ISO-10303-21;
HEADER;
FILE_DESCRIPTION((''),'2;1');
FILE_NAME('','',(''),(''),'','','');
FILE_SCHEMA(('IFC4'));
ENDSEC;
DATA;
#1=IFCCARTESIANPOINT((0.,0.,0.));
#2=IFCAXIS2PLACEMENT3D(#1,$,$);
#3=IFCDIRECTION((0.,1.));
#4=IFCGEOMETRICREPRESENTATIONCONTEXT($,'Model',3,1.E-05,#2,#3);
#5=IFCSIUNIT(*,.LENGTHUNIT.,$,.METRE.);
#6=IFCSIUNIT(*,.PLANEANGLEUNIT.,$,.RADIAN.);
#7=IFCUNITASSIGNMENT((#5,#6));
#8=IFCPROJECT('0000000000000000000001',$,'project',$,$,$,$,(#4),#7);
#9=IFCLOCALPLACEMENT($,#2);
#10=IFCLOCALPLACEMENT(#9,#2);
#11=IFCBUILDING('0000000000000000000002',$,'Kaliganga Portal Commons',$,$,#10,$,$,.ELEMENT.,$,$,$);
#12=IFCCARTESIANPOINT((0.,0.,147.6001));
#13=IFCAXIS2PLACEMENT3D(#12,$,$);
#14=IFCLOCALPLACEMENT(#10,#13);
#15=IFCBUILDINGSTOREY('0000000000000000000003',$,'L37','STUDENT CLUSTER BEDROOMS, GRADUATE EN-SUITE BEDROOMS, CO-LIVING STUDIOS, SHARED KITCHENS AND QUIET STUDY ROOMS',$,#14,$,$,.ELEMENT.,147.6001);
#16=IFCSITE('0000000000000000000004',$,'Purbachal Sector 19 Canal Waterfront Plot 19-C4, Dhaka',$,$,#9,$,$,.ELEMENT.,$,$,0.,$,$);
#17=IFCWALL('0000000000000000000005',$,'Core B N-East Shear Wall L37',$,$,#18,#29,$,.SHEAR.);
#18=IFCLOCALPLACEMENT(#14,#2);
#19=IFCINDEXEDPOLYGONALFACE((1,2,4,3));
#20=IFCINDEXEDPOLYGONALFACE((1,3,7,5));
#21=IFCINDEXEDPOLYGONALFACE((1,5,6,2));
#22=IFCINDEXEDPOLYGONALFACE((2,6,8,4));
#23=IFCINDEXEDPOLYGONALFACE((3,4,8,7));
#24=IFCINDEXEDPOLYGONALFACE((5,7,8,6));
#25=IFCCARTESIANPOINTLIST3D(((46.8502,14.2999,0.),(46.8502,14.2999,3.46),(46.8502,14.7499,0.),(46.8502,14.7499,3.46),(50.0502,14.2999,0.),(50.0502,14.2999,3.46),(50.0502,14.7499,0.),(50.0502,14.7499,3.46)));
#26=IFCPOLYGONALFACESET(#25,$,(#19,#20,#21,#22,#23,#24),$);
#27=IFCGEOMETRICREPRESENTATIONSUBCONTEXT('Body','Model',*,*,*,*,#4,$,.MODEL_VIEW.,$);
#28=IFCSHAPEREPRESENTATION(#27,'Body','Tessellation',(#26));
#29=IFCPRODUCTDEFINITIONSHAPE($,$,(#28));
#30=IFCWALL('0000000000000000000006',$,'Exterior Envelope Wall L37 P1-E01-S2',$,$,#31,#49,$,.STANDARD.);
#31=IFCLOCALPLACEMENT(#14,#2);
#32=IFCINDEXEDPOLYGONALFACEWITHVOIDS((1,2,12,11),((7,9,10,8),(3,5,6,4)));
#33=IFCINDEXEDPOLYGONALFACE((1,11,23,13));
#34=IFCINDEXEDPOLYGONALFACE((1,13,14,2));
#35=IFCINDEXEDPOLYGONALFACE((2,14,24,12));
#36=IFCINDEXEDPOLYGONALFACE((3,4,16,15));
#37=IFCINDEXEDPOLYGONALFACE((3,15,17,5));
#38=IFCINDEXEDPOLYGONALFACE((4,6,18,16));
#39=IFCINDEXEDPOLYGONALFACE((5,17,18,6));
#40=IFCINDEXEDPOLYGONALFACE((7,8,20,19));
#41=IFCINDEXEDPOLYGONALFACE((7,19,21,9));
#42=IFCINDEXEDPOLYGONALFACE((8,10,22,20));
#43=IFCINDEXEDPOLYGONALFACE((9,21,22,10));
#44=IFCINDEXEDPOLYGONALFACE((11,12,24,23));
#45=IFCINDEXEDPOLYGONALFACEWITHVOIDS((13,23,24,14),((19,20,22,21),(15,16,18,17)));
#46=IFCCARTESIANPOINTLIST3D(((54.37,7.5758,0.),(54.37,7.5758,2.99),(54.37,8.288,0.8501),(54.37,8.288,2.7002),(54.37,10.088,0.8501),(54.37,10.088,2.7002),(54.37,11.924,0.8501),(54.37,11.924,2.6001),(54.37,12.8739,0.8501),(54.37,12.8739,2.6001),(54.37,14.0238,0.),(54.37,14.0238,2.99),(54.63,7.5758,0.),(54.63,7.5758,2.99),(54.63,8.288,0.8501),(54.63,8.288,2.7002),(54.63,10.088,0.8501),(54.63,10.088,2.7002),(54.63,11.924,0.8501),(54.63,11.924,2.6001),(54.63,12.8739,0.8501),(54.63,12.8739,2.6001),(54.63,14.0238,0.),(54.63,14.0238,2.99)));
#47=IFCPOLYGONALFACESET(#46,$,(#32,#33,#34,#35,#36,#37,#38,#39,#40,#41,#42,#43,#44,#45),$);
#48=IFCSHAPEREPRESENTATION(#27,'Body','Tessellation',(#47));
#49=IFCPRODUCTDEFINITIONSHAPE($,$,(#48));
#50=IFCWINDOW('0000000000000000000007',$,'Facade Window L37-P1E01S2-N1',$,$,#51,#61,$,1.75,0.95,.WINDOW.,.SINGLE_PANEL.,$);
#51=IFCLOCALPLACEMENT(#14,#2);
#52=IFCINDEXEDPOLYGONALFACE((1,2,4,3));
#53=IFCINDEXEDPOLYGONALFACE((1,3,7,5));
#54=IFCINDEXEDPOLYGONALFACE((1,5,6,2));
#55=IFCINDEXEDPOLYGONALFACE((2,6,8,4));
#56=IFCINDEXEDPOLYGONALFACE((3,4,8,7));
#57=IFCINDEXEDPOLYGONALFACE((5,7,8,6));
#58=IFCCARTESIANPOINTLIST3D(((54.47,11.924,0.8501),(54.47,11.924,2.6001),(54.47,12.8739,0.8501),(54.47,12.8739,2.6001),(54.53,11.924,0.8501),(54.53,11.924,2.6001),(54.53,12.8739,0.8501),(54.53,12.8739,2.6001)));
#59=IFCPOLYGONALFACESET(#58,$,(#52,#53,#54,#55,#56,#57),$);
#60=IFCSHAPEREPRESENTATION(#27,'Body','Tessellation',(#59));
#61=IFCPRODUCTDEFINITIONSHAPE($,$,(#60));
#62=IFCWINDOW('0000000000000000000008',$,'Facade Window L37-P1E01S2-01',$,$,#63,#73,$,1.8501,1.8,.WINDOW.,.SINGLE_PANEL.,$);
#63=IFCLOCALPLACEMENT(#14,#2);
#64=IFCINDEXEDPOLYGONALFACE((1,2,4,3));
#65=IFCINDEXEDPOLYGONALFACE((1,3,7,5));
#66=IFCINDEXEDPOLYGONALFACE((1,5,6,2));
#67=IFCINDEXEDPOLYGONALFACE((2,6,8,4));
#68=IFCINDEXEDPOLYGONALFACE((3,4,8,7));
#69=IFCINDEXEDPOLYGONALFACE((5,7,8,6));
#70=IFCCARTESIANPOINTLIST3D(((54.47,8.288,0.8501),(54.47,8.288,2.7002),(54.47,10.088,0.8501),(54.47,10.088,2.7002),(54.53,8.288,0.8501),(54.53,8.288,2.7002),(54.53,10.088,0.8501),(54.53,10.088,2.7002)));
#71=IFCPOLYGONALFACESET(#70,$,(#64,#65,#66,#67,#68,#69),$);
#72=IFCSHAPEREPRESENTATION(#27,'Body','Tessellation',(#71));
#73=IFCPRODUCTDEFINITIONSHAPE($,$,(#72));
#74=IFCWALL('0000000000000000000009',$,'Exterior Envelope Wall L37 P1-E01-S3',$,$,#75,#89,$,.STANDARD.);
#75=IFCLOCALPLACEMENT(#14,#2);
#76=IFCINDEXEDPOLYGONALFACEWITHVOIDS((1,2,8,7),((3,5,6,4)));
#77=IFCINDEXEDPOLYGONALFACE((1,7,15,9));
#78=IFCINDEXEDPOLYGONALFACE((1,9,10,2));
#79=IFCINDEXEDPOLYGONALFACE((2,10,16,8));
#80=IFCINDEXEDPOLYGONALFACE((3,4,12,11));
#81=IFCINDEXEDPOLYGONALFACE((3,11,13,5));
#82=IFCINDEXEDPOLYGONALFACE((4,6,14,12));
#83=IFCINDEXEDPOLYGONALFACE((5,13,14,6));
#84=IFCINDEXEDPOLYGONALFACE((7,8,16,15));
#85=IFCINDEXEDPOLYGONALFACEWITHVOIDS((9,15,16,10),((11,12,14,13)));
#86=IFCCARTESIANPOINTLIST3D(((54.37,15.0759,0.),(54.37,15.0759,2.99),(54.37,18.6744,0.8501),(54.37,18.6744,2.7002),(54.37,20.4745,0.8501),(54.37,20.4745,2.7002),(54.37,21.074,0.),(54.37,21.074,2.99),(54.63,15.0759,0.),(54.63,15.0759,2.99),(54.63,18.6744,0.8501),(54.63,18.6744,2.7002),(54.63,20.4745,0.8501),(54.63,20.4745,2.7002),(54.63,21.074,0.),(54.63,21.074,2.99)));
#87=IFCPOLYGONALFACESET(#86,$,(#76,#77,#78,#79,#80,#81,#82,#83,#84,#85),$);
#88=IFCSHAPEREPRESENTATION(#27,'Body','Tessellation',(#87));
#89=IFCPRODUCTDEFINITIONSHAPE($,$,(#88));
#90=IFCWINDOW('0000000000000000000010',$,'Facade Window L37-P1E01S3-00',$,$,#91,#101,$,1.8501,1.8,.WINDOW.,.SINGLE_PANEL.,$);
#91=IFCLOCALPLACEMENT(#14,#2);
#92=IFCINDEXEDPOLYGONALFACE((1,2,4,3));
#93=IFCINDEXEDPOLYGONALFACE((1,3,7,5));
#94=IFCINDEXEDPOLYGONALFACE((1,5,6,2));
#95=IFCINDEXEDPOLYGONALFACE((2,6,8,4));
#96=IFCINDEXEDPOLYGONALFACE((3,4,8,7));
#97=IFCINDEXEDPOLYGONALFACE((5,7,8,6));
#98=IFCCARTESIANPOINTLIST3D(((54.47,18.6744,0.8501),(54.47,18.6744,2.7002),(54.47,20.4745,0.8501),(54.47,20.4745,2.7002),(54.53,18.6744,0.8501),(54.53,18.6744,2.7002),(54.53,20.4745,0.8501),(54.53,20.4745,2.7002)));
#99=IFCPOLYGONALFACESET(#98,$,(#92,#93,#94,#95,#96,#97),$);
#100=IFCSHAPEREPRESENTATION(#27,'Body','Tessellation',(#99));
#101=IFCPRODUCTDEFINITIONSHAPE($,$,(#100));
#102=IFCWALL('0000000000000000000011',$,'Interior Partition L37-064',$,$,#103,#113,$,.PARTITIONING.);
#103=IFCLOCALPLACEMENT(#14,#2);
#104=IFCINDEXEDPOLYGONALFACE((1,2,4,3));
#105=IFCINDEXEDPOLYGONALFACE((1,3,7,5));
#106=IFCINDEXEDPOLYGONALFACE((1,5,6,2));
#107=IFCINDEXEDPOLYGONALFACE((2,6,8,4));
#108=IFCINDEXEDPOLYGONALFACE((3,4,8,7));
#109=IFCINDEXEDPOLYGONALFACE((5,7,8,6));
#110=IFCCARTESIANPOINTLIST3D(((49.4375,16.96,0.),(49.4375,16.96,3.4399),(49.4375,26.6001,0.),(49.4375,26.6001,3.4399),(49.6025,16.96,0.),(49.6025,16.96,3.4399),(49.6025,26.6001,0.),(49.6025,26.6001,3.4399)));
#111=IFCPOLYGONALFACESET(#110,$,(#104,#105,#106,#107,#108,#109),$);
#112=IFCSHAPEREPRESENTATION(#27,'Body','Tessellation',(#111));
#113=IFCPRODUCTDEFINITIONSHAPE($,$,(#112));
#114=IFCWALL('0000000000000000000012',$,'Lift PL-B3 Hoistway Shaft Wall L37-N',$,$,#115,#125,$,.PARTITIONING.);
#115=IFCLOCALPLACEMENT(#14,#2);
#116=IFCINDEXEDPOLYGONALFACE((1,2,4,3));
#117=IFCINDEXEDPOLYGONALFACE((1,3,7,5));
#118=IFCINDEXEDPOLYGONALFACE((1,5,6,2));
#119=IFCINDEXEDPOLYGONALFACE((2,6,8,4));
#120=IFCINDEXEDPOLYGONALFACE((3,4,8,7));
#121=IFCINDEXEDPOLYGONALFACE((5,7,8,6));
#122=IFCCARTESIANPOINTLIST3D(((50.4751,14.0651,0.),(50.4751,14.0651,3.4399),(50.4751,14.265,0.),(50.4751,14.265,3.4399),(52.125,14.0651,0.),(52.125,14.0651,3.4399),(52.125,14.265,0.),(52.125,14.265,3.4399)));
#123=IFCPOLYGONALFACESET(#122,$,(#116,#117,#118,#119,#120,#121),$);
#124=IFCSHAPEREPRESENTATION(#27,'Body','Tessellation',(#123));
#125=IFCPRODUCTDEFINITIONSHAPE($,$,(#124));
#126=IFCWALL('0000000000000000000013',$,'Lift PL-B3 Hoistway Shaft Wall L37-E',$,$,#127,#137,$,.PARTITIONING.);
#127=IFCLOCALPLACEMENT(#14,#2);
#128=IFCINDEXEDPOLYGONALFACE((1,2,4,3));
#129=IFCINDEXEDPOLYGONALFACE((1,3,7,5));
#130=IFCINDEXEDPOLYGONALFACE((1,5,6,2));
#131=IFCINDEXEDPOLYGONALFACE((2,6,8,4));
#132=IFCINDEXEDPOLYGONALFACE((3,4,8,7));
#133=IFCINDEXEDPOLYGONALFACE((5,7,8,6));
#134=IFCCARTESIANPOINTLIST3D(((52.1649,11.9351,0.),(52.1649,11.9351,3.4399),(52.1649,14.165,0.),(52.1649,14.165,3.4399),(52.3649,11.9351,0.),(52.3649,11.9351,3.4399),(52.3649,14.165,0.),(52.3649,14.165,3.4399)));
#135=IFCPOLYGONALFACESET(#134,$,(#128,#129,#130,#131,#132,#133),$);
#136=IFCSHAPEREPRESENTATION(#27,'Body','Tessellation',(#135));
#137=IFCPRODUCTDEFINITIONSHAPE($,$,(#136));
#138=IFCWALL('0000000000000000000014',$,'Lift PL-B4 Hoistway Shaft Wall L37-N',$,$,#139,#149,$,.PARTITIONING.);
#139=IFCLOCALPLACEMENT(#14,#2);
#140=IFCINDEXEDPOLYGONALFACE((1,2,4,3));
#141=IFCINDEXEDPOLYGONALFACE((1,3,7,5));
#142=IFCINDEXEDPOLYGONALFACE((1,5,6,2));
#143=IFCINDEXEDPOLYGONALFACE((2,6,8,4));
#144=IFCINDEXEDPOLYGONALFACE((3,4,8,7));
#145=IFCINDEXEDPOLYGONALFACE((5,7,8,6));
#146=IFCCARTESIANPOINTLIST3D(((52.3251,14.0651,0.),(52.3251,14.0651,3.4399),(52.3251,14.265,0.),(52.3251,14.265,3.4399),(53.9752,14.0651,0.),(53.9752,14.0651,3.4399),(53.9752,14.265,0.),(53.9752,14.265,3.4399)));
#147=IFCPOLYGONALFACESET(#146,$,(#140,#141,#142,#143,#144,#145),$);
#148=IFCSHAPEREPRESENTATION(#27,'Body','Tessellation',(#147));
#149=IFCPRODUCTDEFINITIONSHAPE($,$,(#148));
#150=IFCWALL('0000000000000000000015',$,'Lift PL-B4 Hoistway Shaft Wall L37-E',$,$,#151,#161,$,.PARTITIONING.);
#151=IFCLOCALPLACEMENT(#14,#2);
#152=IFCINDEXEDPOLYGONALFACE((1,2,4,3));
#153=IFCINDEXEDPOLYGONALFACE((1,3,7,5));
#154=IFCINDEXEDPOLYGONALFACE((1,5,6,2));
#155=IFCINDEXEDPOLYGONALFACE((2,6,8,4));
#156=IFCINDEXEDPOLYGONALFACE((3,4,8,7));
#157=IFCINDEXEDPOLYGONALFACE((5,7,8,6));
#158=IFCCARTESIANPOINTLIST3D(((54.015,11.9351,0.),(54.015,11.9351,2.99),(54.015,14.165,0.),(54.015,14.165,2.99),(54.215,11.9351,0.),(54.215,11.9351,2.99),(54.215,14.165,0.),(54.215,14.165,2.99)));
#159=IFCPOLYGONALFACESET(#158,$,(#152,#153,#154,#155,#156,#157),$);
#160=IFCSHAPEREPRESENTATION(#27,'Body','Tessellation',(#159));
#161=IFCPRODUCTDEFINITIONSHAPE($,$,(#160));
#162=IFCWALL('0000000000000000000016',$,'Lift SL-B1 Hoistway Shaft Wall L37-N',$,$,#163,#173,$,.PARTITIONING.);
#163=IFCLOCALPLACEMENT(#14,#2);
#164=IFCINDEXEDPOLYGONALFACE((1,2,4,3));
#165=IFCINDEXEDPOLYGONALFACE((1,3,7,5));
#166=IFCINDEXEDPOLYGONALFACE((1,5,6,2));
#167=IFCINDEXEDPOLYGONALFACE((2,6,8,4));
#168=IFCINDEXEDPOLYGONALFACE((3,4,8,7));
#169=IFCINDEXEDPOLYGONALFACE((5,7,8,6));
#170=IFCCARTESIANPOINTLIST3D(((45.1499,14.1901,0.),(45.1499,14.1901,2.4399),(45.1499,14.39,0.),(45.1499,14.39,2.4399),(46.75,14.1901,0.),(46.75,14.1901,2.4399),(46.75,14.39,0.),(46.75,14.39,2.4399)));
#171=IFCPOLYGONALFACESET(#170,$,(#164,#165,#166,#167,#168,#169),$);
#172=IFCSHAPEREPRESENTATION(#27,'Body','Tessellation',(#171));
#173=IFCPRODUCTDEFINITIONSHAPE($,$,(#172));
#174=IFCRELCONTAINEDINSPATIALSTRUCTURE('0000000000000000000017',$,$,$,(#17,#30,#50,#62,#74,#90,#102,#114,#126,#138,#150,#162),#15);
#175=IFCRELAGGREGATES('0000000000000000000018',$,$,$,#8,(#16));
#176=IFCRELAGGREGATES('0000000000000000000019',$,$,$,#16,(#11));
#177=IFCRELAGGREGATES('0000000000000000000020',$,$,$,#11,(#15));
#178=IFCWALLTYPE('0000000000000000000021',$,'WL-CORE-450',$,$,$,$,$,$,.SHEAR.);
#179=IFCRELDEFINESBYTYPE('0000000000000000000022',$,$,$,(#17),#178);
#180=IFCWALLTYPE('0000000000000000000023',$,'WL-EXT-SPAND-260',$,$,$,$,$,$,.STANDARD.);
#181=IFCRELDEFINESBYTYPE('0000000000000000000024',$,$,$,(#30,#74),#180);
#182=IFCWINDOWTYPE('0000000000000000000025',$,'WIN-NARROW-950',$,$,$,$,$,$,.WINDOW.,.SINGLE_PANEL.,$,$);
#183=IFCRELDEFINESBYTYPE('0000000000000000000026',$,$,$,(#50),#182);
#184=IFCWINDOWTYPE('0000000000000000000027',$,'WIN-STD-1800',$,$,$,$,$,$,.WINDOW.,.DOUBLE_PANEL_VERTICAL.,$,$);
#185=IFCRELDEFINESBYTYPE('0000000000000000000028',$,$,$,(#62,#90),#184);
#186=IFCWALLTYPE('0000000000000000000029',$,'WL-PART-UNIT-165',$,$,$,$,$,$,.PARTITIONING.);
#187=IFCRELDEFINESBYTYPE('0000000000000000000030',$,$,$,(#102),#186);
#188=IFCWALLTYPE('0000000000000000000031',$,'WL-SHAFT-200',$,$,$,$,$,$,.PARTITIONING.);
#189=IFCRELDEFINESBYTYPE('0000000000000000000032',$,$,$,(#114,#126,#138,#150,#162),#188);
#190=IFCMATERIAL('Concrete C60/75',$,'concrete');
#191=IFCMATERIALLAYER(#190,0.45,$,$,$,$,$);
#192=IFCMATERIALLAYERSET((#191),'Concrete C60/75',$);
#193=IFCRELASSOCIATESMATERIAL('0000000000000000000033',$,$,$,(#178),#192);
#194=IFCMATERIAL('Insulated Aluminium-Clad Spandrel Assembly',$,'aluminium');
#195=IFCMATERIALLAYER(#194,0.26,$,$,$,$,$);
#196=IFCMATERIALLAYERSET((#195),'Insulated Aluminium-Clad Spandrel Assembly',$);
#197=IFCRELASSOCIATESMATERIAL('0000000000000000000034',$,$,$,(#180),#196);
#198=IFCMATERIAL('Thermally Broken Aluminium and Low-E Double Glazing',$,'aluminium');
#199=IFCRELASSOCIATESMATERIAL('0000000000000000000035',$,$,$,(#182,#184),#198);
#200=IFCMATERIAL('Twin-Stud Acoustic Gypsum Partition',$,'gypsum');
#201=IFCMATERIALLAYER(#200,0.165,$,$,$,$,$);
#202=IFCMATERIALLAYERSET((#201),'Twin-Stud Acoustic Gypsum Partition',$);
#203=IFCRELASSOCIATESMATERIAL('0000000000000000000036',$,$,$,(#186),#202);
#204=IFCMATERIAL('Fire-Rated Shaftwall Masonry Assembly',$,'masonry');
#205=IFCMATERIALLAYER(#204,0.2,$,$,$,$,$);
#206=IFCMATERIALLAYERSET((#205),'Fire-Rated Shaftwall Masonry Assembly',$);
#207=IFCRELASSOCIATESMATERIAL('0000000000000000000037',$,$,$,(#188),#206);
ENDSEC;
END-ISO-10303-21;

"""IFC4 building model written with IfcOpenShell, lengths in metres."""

from ifc_helpers import new_model, si_unit, direction, frame, frame_2d, origin, place, context, subcontext, project, spatial, rectangle, extrude, material, layer, layer_set, type_object, element, fill, save


model = new_model("IFC4")

# Units and contexts
model_context = context("Model", 3, precision=1e-05, world=origin(), true_north=direction((0.0, 1.0)))
body_context = subcontext(model_context, "Body", "Model", "MODEL_VIEW")
ifc_project = project(units=[si_unit("LENGTHUNIT", "METRE"), si_unit("PLANEANGLEUNIT", "RADIAN")], contexts=[model_context])

# Site, building, storey
site_placement = place(None, origin())
site = spatial("IfcSite", under=ifc_project, at=site_placement, Name="Purbachal Sector 19 Canal Waterfront Plot 19-C4, Dhaka", CompositionType="ELEMENT", RefElevation=0.0)
building_placement = place(site_placement, origin())
building = spatial("IfcBuilding", under=site, at=building_placement, Name="Kaliganga Portal Commons", CompositionType="ELEMENT")
storey_placement = place(building_placement, frame((0.0, 0.0, 147.6001)))
storey = spatial("IfcBuildingStorey", under=building, at=storey_placement, Name="L37", Description="STUDENT CLUSTER BEDROOMS, GRADUATE EN-SUITE BEDROOMS, CO-LIVING STUDIOS, SHARED KITCHENS AND QUIET STUDY ROOMS", CompositionType="ELEMENT", Elevation=147.6001)

# Shared definitions
ifc_material_1 = material(Name="Concrete C60/75", Category="concrete")

# Wall
ifc_layer_1 = layer(ifc_material_1, 0.45)
ifc_layer_set_1 = layer_set([ifc_layer_1], Name="Concrete C60/75")
wall_type_1 = type_object("IfcWallType", Name="WL-CORE-450", PredefinedType="SHEAR", material=ifc_layer_set_1)
wall_1_placement = place(storey_placement, frame((46.8501, 14.5249, 0.0), z_axis=(0.0, 0.0, 1.0), x_axis=(1.0, 0.0, 0.0)))
element("IfcWall", 1, at=wall_1_placement, inside=storey, type_object=wall_type_1, Name="Core B N-East Shear Wall L37", PredefinedType="SHEAR", context=body_context, shape_type="SweptSolid", body=[
    extrude(rectangle(XDim=3.2, YDim=0.45, at=frame_2d((1.6001, 0.0))), origin(), (0.0, 0.0, 1.0), 3.46),
])

# Wall, openings, windows
ifc_material_2 = material(Name="Insulated Aluminium-Clad Spandrel Assembly", Category="aluminium")
ifc_layer_2 = layer(ifc_material_2, 0.26)
ifc_layer_set_2 = layer_set([ifc_layer_2], Name="Insulated Aluminium-Clad Spandrel Assembly")
wall_type_2 = type_object("IfcWallType", Name="WL-EXT-SPAND-260", PredefinedType="STANDARD", material=ifc_layer_set_2)
wall_2_placement = place(storey_placement, frame((54.5, 14.0239, 0.0), z_axis=(0.0, 0.0, 1.0), x_axis=(0.0, -1.0, 0.0)))
wall_2 = element("IfcWall", 2, at=wall_2_placement, inside=storey, type_object=wall_type_2, Name="Exterior Envelope Wall L37 P1-E01-S2", PredefinedType="STANDARD", context=body_context, shape_type="SweptSolid", body=[
    extrude(rectangle(XDim=6.448, YDim=0.26, at=frame_2d((3.2241, 0.0))), origin(), (0.0, 0.0, 1.0), 2.99),
])
opening_1_placement = place(wall_2_placement, frame((3.936, 0.0, 0.8501)))
opening_1 = element("IfcOpeningElement", 3, at=opening_1_placement, cuts=wall_2, PredefinedType="OPENING", context=body_context, shape_type="SweptSolid", body=[
    extrude(rectangle(XDim=1.8, YDim=1.8501, at=frame_2d((0.8999, 0.925))), frame((0.0, 0.1401, 0.0), z_axis=(0.0, -1.0, 0.0), x_axis=(1.0, 0.0, 0.0)), (0.0, 0.0, 1.0), 0.28),
])
opening_2_placement = place(wall_2_placement, frame((1.1499, 0.0, 0.8501)))
opening_2 = element("IfcOpeningElement", 4, at=opening_2_placement, cuts=wall_2, PredefinedType="OPENING", context=body_context, shape_type="SweptSolid", body=[
    extrude(rectangle(XDim=0.95, YDim=1.75, at=frame_2d((0.4751, 0.875))), frame((0.0, 0.1401, 0.0), z_axis=(0.0, -1.0, 0.0), x_axis=(1.0, 0.0, 0.0)), (0.0, 0.0, 1.0), 0.28),
])
ifc_material_3 = material(Name="Thermally Broken Aluminium and Low-E Double Glazing", Category="aluminium")
window_type_1 = type_object("IfcWindowType", Name="WIN-NARROW-950", PartitioningType="SINGLE_PANEL", PredefinedType="WINDOW", material=ifc_material_3)
window_1_placement = place(opening_2_placement, origin())
window_1 = element("IfcWindow", 5, at=window_1_placement, inside=storey, type_object=window_type_1, Name="Facade Window L37-P1E01S2-N1", OverallHeight=1.75, OverallWidth=0.95, PartitioningType="SINGLE_PANEL", PredefinedType="WINDOW", context=body_context, shape_type="SweptSolid", body=[
    extrude(rectangle(XDim=0.95, YDim=1.75, at=frame_2d((0.4751, 0.875))), frame((0.0, 0.03, 0.0), z_axis=(0.0, -1.0, 0.0), x_axis=(1.0, 0.0, 0.0)), (0.0, 0.0, 1.0), 0.0601),
])
fill(opening_2, window_1)
window_type_2 = type_object("IfcWindowType", Name="WIN-STD-1800", PartitioningType="DOUBLE_PANEL_VERTICAL", PredefinedType="WINDOW", material=ifc_material_3)
window_2_placement = place(opening_1_placement, origin())
window_2 = element("IfcWindow", 6, at=window_2_placement, inside=storey, type_object=window_type_2, Name="Facade Window L37-P1E01S2-01", OverallHeight=1.8501, OverallWidth=1.8, PartitioningType="SINGLE_PANEL", PredefinedType="WINDOW", context=body_context, shape_type="SweptSolid", body=[
    extrude(rectangle(XDim=1.8, YDim=1.8501, at=frame_2d((0.8999, 0.925))), frame((0.0, 0.03, 0.0), z_axis=(0.0, -1.0, 0.0), x_axis=(1.0, 0.0, 0.0)), (0.0, 0.0, 1.0), 0.0601),
])
fill(opening_1, window_2)

# Wall, opening, window
wall_3_placement = place(storey_placement, frame((54.5, 21.074, 0.0), z_axis=(0.0, 0.0, 1.0), x_axis=(0.0, -1.0, 0.0)))
wall_3 = element("IfcWall", 7, at=wall_3_placement, inside=storey, type_object=wall_type_2, Name="Exterior Envelope Wall L37 P1-E01-S3", PredefinedType="STANDARD", context=body_context, shape_type="SweptSolid", body=[
    extrude(rectangle(XDim=5.998, YDim=0.26, at=frame_2d((2.999, 0.0))), origin(), (0.0, 0.0, 1.0), 2.99),
])
opening_3_placement = place(wall_3_placement, frame((0.5996, 0.0, 0.8501)))
opening_3 = element("IfcOpeningElement", 8, at=opening_3_placement, cuts=wall_3, PredefinedType="OPENING", context=body_context, shape_type="SweptSolid", body=[
    extrude(rectangle(XDim=1.8, YDim=1.8501, at=frame_2d((0.8999, 0.925))), frame((0.0, 0.1401, 0.0), z_axis=(0.0, -1.0, 0.0), x_axis=(1.0, 0.0, 0.0)), (0.0, 0.0, 1.0), 0.28),
])
window_3_placement = place(opening_3_placement, origin())
window_3 = element("IfcWindow", 9, at=window_3_placement, inside=storey, type_object=window_type_2, Name="Facade Window L37-P1E01S3-00", OverallHeight=1.8501, OverallWidth=1.8, PartitioningType="SINGLE_PANEL", PredefinedType="WINDOW", context=body_context, shape_type="SweptSolid", body=[
    extrude(rectangle(XDim=1.8, YDim=1.8501, at=frame_2d((0.8999, 0.925))), frame((0.0, 0.03, 0.0), z_axis=(0.0, -1.0, 0.0), x_axis=(1.0, 0.0, 0.0)), (0.0, 0.0, 1.0), 0.0601),
])
fill(opening_3, window_3)

# Wall
ifc_material_4 = material(Name="Twin-Stud Acoustic Gypsum Partition", Category="gypsum")
ifc_layer_3 = layer(ifc_material_4, 0.165)
ifc_layer_set_3 = layer_set([ifc_layer_3], Name="Twin-Stud Acoustic Gypsum Partition")
wall_type_3 = type_object("IfcWallType", Name="WL-PART-UNIT-165", PredefinedType="PARTITIONING", material=ifc_layer_set_3)
wall_4_placement = place(storey_placement, frame((49.52, 16.96, 0.0), z_axis=(0.0, 0.0, 1.0), x_axis=(0.0, 1.0, 0.0)))
element("IfcWall", 10, at=wall_4_placement, inside=storey, type_object=wall_type_3, Name="Interior Partition L37-064", PredefinedType="PARTITIONING", context=body_context, shape_type="SweptSolid", body=[
    extrude(rectangle(XDim=9.6401, YDim=0.165, at=frame_2d((4.8201, 0.0))), origin(), (0.0, 0.0, 1.0), 3.4399),
])

# Shared definitions
ifc_material_5 = material(Name="Fire-Rated Shaftwall Masonry Assembly", Category="masonry")
ifc_layer_4 = layer(ifc_material_5, 0.2)
ifc_layer_set_4 = layer_set([ifc_layer_4], Name="Fire-Rated Shaftwall Masonry Assembly")
wall_type_4 = type_object("IfcWallType", Name="WL-SHAFT-200", PredefinedType="PARTITIONING", material=ifc_layer_set_4)

# Walls
wall_5_placement = place(storey_placement, frame((50.4751, 14.165, 0.0), z_axis=(0.0, 0.0, 1.0), x_axis=(1.0, 0.0, 0.0)))
element("IfcWall", 11, at=wall_5_placement, inside=storey, type_object=wall_type_4, Name="Lift PL-B3 Hoistway Shaft Wall L37-N", PredefinedType="PARTITIONING", context=body_context, shape_type="SweptSolid", body=[
    extrude(rectangle(XDim=1.6499, YDim=0.2, at=frame_2d((0.825, 0.0))), origin(), (0.0, 0.0, 1.0), 3.4399),
])
wall_6_placement = place(storey_placement, frame((52.2649, 11.9351, 0.0), z_axis=(0.0, 0.0, 1.0), x_axis=(0.0, 1.0, 0.0)))
element("IfcWall", 12, at=wall_6_placement, inside=storey, type_object=wall_type_4, Name="Lift PL-B3 Hoistway Shaft Wall L37-E", PredefinedType="PARTITIONING", context=body_context, shape_type="SweptSolid", body=[
    extrude(rectangle(XDim=2.23, YDim=0.2, at=frame_2d((1.115, 0.0))), origin(), (0.0, 0.0, 1.0), 3.4399),
])

# Walls
wall_7_placement = place(storey_placement, frame((52.325, 14.165, 0.0), z_axis=(0.0, 0.0, 1.0), x_axis=(1.0, 0.0, 0.0)))
element("IfcWall", 13, at=wall_7_placement, inside=storey, type_object=wall_type_4, Name="Lift PL-B4 Hoistway Shaft Wall L37-N", PredefinedType="PARTITIONING", context=body_context, shape_type="SweptSolid", body=[
    extrude(rectangle(XDim=1.6501, YDim=0.2, at=frame_2d((0.8252, 0.0))), origin(), (0.0, 0.0, 1.0), 3.4399),
])
wall_8_placement = place(storey_placement, frame((54.115, 11.9351, 0.0), z_axis=(0.0, 0.0, 1.0), x_axis=(0.0, 1.0, 0.0)))
element("IfcWall", 14, at=wall_8_placement, inside=storey, type_object=wall_type_4, Name="Lift PL-B4 Hoistway Shaft Wall L37-E", PredefinedType="PARTITIONING", context=body_context, shape_type="SweptSolid", body=[
    extrude(rectangle(XDim=2.23, YDim=0.2, at=frame_2d((1.115, 0.0))), origin(), (0.0, 0.0, 1.0), 2.99),
])
wall_9_placement = place(storey_placement, frame((45.1499, 14.29, 0.0), z_axis=(0.0, 0.0, 1.0), x_axis=(1.0, 0.0, 0.0)))
element("IfcWall", 15, at=wall_9_placement, inside=storey, type_object=wall_type_4, Name="Lift SL-B1 Hoistway Shaft Wall L37-N", PredefinedType="PARTITIONING", context=body_context, shape_type="SweptSolid", body=[
    extrude(rectangle(XDim=1.6001, YDim=0.2, at=frame_2d((0.8, 0.0))), origin(), (0.0, 0.0, 1.0), 2.4399),
])

save(model, "model.ifc")
